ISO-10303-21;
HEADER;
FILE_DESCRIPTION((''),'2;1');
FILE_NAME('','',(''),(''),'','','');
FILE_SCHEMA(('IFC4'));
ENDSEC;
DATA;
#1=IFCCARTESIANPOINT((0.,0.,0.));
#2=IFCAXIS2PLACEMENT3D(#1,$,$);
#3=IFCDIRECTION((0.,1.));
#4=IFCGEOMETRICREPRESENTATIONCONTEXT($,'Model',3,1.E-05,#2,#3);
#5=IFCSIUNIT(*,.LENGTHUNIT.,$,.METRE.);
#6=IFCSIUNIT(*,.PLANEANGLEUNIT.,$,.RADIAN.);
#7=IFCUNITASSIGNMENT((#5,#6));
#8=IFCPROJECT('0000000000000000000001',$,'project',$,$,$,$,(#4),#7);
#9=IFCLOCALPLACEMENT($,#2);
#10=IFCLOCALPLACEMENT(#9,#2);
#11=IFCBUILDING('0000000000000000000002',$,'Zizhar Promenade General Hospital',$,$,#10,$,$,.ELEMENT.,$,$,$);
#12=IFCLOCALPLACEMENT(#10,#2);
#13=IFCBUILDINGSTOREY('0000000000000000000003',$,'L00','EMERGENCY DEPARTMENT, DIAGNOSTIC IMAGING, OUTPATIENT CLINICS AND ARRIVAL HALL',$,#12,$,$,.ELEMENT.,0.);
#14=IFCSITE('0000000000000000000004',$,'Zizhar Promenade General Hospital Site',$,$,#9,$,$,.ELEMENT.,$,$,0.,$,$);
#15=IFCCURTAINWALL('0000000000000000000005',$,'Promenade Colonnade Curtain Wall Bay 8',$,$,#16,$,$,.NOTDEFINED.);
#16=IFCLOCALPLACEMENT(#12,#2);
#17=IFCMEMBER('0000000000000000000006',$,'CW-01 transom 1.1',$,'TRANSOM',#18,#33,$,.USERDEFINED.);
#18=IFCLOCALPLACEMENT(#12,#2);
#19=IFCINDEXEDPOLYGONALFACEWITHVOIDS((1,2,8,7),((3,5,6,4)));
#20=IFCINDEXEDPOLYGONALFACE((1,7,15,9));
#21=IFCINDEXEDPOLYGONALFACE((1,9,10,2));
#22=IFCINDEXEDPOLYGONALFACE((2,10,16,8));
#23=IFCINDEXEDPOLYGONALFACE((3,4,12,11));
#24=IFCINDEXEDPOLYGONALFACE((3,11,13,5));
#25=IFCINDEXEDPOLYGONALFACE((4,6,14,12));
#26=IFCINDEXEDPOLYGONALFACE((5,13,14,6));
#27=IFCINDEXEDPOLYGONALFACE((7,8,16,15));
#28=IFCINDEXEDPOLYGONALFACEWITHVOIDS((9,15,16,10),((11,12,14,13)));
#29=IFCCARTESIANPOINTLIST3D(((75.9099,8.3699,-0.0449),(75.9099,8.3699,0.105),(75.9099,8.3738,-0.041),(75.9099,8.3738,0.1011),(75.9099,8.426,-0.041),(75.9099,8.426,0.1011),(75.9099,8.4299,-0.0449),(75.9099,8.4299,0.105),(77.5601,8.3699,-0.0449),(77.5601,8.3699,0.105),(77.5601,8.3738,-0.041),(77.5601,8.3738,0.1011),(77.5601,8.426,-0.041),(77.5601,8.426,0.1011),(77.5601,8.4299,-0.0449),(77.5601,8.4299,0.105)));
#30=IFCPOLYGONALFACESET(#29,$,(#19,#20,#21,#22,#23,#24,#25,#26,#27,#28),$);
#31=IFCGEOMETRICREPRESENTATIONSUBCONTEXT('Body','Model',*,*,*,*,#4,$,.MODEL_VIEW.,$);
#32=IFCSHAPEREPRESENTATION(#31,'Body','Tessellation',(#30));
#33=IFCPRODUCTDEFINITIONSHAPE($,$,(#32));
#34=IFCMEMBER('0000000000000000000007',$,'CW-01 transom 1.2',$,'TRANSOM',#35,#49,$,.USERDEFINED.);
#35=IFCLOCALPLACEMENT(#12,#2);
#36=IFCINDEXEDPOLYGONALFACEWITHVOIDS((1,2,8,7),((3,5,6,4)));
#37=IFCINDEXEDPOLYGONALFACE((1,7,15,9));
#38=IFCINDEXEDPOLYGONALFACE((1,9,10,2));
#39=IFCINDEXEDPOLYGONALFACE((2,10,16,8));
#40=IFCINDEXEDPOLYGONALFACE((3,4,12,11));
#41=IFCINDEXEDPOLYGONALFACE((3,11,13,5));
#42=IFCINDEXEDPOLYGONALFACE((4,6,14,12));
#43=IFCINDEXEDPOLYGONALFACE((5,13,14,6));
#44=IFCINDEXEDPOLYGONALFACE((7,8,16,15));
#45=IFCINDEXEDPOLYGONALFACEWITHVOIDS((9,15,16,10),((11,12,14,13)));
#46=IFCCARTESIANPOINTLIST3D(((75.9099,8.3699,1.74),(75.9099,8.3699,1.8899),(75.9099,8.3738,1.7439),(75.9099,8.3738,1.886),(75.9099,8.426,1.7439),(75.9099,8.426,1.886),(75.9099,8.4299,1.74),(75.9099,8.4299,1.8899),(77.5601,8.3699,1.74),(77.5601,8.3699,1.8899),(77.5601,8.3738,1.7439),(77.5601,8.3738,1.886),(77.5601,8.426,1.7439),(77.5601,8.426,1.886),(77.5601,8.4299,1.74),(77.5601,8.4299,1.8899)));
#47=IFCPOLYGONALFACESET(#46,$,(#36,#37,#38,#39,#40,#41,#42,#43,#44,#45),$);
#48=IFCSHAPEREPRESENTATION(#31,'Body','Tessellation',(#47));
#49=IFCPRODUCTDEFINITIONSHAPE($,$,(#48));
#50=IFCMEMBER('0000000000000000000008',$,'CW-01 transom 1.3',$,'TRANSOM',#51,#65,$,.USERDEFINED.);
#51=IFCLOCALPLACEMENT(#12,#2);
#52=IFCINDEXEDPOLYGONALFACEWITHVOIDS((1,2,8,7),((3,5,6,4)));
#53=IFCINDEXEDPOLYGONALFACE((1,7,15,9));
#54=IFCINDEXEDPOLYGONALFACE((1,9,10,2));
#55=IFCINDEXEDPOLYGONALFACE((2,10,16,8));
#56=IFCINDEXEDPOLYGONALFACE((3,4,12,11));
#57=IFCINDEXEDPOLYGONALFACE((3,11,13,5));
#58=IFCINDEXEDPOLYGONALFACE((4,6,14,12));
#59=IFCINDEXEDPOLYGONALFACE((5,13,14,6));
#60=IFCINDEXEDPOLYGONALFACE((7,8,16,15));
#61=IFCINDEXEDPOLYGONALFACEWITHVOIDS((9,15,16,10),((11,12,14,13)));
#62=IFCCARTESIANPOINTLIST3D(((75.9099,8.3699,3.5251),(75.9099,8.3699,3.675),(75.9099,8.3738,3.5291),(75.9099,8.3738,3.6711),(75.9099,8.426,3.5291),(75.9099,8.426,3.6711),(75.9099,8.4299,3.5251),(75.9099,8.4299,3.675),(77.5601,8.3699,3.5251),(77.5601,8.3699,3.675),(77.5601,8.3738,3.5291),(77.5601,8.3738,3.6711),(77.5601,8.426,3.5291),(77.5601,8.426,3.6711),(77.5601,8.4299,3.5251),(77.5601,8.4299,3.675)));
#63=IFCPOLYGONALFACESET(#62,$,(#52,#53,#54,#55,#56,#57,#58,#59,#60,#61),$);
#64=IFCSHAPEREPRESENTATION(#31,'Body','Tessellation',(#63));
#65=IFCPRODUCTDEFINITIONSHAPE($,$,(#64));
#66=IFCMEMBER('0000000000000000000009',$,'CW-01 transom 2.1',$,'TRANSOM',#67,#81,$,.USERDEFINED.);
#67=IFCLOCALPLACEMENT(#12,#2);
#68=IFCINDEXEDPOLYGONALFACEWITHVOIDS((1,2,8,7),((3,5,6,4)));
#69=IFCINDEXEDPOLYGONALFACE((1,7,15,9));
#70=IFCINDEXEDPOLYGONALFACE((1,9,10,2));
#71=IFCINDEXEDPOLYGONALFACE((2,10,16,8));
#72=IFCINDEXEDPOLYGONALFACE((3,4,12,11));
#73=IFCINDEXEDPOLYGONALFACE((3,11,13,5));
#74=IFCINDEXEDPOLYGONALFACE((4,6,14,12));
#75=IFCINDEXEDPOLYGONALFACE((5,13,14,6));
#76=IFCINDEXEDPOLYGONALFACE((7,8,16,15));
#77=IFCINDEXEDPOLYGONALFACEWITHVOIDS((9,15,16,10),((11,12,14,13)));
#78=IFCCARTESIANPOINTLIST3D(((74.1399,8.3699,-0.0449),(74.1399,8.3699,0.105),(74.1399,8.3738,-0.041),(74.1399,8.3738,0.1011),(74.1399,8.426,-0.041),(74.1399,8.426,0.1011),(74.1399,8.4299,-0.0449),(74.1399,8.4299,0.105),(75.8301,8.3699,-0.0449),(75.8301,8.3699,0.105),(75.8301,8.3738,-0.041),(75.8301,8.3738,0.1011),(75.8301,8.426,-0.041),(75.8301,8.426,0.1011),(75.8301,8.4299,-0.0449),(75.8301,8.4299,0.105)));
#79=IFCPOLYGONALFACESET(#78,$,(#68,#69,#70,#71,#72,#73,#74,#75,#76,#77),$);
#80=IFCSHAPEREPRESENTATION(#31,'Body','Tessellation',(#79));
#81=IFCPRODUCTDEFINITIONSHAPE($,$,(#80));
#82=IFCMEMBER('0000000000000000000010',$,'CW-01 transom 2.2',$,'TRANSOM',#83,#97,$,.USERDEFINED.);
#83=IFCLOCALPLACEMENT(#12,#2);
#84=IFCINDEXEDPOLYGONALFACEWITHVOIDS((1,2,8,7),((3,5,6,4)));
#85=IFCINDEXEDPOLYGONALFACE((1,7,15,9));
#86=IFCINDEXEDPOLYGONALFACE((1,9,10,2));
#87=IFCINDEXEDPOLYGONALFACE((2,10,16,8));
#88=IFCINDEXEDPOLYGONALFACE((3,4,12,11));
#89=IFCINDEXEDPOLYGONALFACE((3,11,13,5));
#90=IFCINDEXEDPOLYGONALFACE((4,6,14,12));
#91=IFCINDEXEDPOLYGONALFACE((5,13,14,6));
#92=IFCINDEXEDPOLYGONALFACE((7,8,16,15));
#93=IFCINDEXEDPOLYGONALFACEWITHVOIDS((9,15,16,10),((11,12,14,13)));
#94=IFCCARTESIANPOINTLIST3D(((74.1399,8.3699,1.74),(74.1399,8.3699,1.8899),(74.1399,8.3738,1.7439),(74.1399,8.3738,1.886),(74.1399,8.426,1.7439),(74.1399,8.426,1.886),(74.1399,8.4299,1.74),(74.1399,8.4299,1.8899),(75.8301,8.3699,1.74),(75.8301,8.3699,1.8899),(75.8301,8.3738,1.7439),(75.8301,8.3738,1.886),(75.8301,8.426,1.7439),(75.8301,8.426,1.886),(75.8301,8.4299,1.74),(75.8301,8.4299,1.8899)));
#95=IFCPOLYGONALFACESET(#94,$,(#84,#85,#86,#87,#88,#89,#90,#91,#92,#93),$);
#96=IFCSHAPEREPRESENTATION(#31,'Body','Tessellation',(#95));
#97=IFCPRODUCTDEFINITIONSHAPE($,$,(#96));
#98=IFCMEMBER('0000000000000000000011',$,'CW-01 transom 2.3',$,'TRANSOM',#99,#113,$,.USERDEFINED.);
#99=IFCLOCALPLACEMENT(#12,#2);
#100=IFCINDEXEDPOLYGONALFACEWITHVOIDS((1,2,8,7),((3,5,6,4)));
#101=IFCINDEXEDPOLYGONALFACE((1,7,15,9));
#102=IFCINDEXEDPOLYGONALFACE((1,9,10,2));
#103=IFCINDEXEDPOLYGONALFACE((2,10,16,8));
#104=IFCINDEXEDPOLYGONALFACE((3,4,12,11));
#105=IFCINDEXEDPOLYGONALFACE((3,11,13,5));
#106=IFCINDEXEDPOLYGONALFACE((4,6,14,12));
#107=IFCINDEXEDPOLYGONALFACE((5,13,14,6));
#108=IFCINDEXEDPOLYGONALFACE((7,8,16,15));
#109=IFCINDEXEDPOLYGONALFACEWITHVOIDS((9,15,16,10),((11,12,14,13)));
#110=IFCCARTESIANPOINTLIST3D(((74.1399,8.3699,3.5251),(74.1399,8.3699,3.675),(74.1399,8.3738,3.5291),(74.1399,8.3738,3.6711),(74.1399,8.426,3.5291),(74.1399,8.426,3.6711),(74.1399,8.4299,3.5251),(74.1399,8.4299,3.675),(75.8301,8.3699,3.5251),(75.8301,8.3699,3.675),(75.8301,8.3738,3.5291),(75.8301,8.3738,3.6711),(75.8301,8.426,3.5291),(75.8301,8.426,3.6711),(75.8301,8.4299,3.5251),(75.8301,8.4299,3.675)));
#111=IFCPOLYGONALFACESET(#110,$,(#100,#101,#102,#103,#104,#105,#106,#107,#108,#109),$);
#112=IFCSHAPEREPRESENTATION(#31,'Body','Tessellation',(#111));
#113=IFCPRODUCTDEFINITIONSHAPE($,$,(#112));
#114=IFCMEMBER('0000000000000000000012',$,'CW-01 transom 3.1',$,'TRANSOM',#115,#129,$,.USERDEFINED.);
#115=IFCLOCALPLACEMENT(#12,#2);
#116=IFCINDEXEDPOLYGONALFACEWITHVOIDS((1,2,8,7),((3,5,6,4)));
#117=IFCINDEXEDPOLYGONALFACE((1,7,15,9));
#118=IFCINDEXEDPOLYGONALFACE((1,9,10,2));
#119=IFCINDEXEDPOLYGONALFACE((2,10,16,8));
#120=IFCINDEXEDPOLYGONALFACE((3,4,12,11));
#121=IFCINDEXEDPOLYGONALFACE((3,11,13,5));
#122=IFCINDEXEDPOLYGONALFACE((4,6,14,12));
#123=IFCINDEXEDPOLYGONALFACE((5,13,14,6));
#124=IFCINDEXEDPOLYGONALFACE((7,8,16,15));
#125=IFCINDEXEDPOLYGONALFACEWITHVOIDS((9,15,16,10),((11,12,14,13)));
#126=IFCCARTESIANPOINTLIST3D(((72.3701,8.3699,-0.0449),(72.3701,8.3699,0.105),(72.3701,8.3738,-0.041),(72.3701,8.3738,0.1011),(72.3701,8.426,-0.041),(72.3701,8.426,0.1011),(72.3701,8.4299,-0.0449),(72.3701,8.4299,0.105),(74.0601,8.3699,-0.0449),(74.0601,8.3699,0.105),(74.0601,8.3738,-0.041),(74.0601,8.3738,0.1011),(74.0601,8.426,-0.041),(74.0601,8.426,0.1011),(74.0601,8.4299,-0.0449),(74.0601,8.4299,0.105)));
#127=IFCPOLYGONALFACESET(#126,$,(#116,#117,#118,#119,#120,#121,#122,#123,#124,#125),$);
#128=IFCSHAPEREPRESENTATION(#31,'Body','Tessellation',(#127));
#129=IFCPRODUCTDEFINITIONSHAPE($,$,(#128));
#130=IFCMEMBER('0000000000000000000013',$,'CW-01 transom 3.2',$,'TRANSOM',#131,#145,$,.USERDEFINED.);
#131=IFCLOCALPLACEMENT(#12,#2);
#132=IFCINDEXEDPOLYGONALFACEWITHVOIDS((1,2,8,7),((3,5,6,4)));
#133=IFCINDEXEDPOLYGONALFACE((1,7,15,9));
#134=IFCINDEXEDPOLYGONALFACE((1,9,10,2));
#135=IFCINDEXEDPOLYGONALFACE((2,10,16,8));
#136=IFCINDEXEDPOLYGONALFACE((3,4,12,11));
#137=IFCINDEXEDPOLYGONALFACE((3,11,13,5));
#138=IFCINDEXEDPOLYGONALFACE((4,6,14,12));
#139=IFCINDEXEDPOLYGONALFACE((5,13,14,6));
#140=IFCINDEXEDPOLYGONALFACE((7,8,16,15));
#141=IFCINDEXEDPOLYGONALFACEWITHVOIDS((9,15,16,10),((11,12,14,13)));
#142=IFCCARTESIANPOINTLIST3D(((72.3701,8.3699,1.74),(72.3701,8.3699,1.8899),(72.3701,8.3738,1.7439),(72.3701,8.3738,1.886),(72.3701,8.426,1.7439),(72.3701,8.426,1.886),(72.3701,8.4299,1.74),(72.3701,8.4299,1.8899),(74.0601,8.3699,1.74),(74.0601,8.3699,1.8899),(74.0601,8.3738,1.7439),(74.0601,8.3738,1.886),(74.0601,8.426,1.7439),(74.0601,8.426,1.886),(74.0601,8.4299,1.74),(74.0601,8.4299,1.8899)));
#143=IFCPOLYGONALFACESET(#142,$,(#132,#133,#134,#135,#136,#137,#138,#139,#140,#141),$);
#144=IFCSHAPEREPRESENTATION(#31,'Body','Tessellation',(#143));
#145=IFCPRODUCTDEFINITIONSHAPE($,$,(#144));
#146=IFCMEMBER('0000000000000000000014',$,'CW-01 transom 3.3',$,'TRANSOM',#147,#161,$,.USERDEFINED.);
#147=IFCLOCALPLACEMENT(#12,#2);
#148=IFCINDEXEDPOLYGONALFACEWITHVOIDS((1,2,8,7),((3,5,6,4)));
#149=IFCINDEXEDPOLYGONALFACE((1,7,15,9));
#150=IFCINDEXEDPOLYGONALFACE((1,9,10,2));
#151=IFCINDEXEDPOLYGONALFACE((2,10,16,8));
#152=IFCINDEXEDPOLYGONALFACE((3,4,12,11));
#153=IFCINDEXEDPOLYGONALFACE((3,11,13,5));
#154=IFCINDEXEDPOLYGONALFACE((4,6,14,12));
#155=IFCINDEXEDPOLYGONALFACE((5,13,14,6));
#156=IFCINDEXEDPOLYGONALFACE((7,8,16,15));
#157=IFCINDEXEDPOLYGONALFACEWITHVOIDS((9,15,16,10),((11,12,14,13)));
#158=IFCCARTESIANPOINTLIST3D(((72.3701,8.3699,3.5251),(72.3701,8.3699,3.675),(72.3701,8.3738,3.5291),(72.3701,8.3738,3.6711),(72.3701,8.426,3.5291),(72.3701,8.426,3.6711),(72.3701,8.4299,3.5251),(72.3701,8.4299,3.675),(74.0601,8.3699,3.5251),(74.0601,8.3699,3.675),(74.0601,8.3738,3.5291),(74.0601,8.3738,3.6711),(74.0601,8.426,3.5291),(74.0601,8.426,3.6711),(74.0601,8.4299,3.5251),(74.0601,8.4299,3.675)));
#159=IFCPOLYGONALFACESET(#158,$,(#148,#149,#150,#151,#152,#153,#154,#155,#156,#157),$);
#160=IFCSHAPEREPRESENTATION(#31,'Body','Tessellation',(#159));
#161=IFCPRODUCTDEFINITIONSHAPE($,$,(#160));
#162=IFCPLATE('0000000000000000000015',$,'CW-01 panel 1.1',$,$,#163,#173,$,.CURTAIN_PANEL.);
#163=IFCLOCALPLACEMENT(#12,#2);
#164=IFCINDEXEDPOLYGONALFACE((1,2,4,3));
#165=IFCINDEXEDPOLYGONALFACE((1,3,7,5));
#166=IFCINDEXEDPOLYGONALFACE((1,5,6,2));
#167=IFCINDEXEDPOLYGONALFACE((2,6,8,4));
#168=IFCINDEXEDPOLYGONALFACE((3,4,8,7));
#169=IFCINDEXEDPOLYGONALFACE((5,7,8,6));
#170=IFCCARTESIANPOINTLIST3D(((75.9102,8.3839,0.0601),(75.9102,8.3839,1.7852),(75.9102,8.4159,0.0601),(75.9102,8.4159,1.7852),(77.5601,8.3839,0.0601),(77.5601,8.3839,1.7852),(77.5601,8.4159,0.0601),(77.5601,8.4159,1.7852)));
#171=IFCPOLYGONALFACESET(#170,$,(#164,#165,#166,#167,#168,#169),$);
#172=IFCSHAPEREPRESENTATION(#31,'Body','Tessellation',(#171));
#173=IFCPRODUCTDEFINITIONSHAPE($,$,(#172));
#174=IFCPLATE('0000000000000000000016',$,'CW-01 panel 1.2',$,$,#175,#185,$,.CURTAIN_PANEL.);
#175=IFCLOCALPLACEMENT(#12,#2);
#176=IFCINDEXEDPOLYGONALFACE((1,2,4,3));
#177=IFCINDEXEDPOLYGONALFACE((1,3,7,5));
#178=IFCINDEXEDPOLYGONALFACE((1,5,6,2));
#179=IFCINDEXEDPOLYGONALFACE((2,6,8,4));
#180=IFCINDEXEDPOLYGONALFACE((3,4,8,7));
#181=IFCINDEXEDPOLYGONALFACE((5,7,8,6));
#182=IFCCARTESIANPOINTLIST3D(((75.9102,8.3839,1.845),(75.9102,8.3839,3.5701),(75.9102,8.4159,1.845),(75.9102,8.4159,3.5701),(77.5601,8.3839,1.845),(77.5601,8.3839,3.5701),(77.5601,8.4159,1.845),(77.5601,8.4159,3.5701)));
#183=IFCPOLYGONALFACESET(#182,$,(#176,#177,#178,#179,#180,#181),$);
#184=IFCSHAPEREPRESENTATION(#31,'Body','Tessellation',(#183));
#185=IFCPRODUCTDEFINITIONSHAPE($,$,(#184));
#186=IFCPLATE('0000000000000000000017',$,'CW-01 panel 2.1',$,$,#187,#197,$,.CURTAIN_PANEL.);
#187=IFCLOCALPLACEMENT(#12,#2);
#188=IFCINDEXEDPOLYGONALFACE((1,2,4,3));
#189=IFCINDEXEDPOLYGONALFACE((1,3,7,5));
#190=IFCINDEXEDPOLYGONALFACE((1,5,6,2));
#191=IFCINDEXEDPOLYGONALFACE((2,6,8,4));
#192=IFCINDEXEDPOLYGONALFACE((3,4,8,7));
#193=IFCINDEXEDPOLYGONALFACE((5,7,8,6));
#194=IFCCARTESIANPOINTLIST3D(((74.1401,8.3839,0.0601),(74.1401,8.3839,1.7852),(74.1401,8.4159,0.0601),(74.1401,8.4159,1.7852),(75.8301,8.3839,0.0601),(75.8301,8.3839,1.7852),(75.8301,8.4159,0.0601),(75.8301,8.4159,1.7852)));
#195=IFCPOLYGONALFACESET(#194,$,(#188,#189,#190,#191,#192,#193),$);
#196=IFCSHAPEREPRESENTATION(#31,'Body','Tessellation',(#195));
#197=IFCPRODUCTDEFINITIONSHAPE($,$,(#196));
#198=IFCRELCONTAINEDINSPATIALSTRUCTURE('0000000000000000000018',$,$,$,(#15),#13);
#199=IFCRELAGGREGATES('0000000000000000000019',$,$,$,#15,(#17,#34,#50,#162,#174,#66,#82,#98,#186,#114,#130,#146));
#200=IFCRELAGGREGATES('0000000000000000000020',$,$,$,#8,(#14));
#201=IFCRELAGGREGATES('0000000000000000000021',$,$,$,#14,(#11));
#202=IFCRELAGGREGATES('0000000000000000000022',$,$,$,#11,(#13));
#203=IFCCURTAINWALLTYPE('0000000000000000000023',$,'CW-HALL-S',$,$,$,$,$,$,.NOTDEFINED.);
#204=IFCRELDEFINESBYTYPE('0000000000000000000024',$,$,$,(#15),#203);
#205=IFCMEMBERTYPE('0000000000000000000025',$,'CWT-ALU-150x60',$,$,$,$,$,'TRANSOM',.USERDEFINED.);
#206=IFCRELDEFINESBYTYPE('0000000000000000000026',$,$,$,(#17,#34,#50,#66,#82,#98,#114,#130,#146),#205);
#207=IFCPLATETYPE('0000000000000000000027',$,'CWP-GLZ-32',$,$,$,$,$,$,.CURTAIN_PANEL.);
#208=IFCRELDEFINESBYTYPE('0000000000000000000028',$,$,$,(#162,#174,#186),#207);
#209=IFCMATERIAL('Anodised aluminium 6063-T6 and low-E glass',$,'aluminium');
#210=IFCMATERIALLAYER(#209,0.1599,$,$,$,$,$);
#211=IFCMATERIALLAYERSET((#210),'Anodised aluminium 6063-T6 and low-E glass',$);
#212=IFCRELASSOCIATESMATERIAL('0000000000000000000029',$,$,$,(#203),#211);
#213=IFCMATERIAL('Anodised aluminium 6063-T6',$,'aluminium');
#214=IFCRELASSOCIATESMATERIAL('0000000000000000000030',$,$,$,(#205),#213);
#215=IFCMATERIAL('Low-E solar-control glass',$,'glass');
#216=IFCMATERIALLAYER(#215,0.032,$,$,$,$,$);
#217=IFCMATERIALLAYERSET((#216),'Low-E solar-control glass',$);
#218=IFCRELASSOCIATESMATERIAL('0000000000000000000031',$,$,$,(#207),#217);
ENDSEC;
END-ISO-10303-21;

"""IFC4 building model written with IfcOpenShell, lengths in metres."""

from ifc_helpers import new_model, si_unit, direction, frame, origin, origin_2d, place, context, subcontext, project, spatial, rectangle, hollow_rectangle, extrude, material, layer, layer_set, material_profile, profile_set, type_object, element, aggregate, save


model = new_model("IFC4")

# Units and contexts
model_context = context("Model", 3, precision=1e-05, world=origin(), true_north=direction((0.0, 1.0)))
body_context = subcontext(model_context, "Body", "Model", "MODEL_VIEW")
ifc_project = project(units=[si_unit("LENGTHUNIT", "METRE"), si_unit("PLANEANGLEUNIT", "RADIAN")], contexts=[model_context])

# Site, building, storey
site_placement = place(None, origin())
site = spatial("IfcSite", under=ifc_project, at=site_placement, Name="Zizhar Promenade General Hospital Site", CompositionType="ELEMENT", RefElevation=0.0)
building_placement = place(site_placement, origin())
building = spatial("IfcBuilding", under=site, at=building_placement, Name="Zizhar Promenade General Hospital", CompositionType="ELEMENT")
storey_placement = place(building_placement, origin())
storey = spatial("IfcBuildingStorey", under=building, at=storey_placement, Name="L00", Description="EMERGENCY DEPARTMENT, DIAGNOSTIC IMAGING, OUTPATIENT CLINICS AND ARRIVAL HALL", CompositionType="ELEMENT", Elevation=0.0)

# Curtain wall, members, plates
ifc_material_1 = material(Name="Anodised aluminium 6063-T6 and low-E glass", Category="aluminium")
ifc_layer_1 = layer(ifc_material_1, 0.1599)
ifc_layer_set_1 = layer_set([ifc_layer_1], Name="Anodised aluminium 6063-T6 and low-E glass")
curtain_wall_type = type_object("IfcCurtainWallType", Name="CW-HALL-S", PredefinedType="NOTDEFINED", material=ifc_layer_set_1)
curtain_wall_placement = place(storey_placement, origin())
curtain_wall = element("IfcCurtainWall", 1, at=curtain_wall_placement, inside=storey, type_object=curtain_wall_type, Name="Promenade Colonnade Curtain Wall Bay 8", PredefinedType="NOTDEFINED")
ifc_material_2 = material(Name="Anodised aluminium 6063-T6", Category="aluminium")
ifc_material_profile_1 = material_profile(ifc_material_2, hollow_rectangle(XDim=0.0601, YDim=0.1499, WallThickness=0.0039, at=origin_2d()))
ifc_profile_set_1 = profile_set([ifc_material_profile_1], Name="Anodised aluminium 6063-T6")
member_type_1 = type_object("IfcMemberType", Name="CWT-ALU-150x60", ElementType="TRANSOM", PredefinedType="USERDEFINED", material=ifc_profile_set_1)
member_1_placement = place(storey_placement, frame((77.5601, 8.3999, 0.03), z_axis=(-1.0, 0.0, 0.0), x_axis=(0.0, -1.0, 0.0)))
member_1 = element("IfcMember", 2, at=member_1_placement, type_object=member_type_1, Name="CW-01 transom 1.1", ObjectType="TRANSOM", PredefinedType="USERDEFINED", context=body_context, shape_type="SweptSolid", body=[
    extrude(hollow_rectangle(XDim=0.0601, YDim=0.1499, WallThickness=0.0039, at=origin_2d()), origin(), (0.0, 0.0, 1.0), 1.6501),
])
member_2_placement = place(storey_placement, frame((77.5601, 8.3999, 1.8149), z_axis=(-1.0, 0.0, 0.0), x_axis=(0.0, -1.0, 0.0)))
member_2 = element("IfcMember", 3, at=member_2_placement, type_object=member_type_1, Name="CW-01 transom 1.2", ObjectType="TRANSOM", PredefinedType="USERDEFINED", context=body_context, shape_type="SweptSolid", body=[
    extrude(hollow_rectangle(XDim=0.0601, YDim=0.1499, WallThickness=0.0039, at=origin_2d()), origin(), (0.0, 0.0, 1.0), 1.6501),
])
member_3_placement = place(storey_placement, frame((77.5601, 8.3999, 3.6001), z_axis=(-1.0, 0.0, 0.0), x_axis=(0.0, -1.0, 0.0)))
member_3 = element("IfcMember", 4, at=member_3_placement, type_object=member_type_1, Name="CW-01 transom 1.3", ObjectType="TRANSOM", PredefinedType="USERDEFINED", context=body_context, shape_type="SweptSolid", body=[
    extrude(hollow_rectangle(XDim=0.0601, YDim=0.1499, WallThickness=0.0039, at=origin_2d()), origin(), (0.0, 0.0, 1.0), 1.6501),
])
member_4_placement = place(storey_placement, frame((75.8301, 8.3999, 0.03), z_axis=(-1.0, 0.0, 0.0), x_axis=(0.0, -1.0, 0.0)))
member_4 = element("IfcMember", 5, at=member_4_placement, type_object=member_type_1, Name="CW-01 transom 2.1", ObjectType="TRANSOM", PredefinedType="USERDEFINED", context=body_context, shape_type="SweptSolid", body=[
    extrude(hollow_rectangle(XDim=0.0601, YDim=0.1499, WallThickness=0.0039, at=origin_2d()), origin(), (0.0, 0.0, 1.0), 1.6902),
])
member_5_placement = place(storey_placement, frame((75.8301, 8.3999, 1.8149), z_axis=(-1.0, 0.0, 0.0), x_axis=(0.0, -1.0, 0.0)))
member_5 = element("IfcMember", 6, at=member_5_placement, type_object=member_type_1, Name="CW-01 transom 2.2", ObjectType="TRANSOM", PredefinedType="USERDEFINED", context=body_context, shape_type="SweptSolid", body=[
    extrude(hollow_rectangle(XDim=0.0601, YDim=0.1499, WallThickness=0.0039, at=origin_2d()), origin(), (0.0, 0.0, 1.0), 1.6902),
])
member_6_placement = place(storey_placement, frame((75.8301, 8.3999, 3.6001), z_axis=(-1.0, 0.0, 0.0), x_axis=(0.0, -1.0, 0.0)))
member_6 = element("IfcMember", 7, at=member_6_placement, type_object=member_type_1, Name="CW-01 transom 2.3", ObjectType="TRANSOM", PredefinedType="USERDEFINED", context=body_context, shape_type="SweptSolid", body=[
    extrude(hollow_rectangle(XDim=0.0601, YDim=0.1499, WallThickness=0.0039, at=origin_2d()), origin(), (0.0, 0.0, 1.0), 1.6902),
])
member_7_placement = place(storey_placement, frame((74.0601, 8.3999, 0.03), z_axis=(-1.0, 0.0, 0.0), x_axis=(0.0, -1.0, 0.0)))
member_7 = element("IfcMember", 8, at=member_7_placement, type_object=member_type_1, Name="CW-01 transom 3.1", ObjectType="TRANSOM", PredefinedType="USERDEFINED", context=body_context, shape_type="SweptSolid", body=[
    extrude(hollow_rectangle(XDim=0.0601, YDim=0.1499, WallThickness=0.0039, at=origin_2d()), origin(), (0.0, 0.0, 1.0), 1.6899),
])
member_8_placement = place(storey_placement, frame((74.0601, 8.3999, 1.8149), z_axis=(-1.0, 0.0, 0.0), x_axis=(0.0, -1.0, 0.0)))
member_8 = element("IfcMember", 9, at=member_8_placement, type_object=member_type_1, Name="CW-01 transom 3.2", ObjectType="TRANSOM", PredefinedType="USERDEFINED", context=body_context, shape_type="SweptSolid", body=[
    extrude(hollow_rectangle(XDim=0.0601, YDim=0.1499, WallThickness=0.0039, at=origin_2d()), origin(), (0.0, 0.0, 1.0), 1.6899),
])
member_9_placement = place(storey_placement, frame((74.0601, 8.3999, 3.6001), z_axis=(-1.0, 0.0, 0.0), x_axis=(0.0, -1.0, 0.0)))
member_9 = element("IfcMember", 10, at=member_9_placement, type_object=member_type_1, Name="CW-01 transom 3.3", ObjectType="TRANSOM", PredefinedType="USERDEFINED", context=body_context, shape_type="SweptSolid", body=[
    extrude(hollow_rectangle(XDim=0.0601, YDim=0.1499, WallThickness=0.0039, at=origin_2d()), origin(), (0.0, 0.0, 1.0), 1.6899),
])
ifc_material_3 = material(Name="Low-E solar-control glass", Category="glass")
ifc_layer_2 = layer(ifc_material_3, 0.032)
ifc_layer_set_2 = layer_set([ifc_layer_2], Name="Low-E solar-control glass")
plate_type = type_object("IfcPlateType", Name="CWP-GLZ-32", PredefinedType="CURTAIN_PANEL", material=ifc_layer_set_2)
plate_1_placement = place(storey_placement, frame((76.7351, 8.3999, 0.0601), z_axis=(0.0, 0.0, 1.0), x_axis=(-1.0, 0.0, 0.0)))
plate_1 = element("IfcPlate", 11, at=plate_1_placement, type_object=plate_type, Name="CW-01 panel 1.1", PredefinedType="CURTAIN_PANEL", context=body_context, shape_type="SweptSolid", body=[
    extrude(rectangle(XDim=1.6499, YDim=0.032, at=origin_2d()), origin(), (0.0, 0.0, 1.0), 1.7251),
])
plate_2_placement = place(storey_placement, frame((76.7351, 8.3999, 1.845), z_axis=(0.0, 0.0, 1.0), x_axis=(-1.0, 0.0, 0.0)))
plate_2 = element("IfcPlate", 12, at=plate_2_placement, type_object=plate_type, Name="CW-01 panel 1.2", PredefinedType="CURTAIN_PANEL", context=body_context, shape_type="SweptSolid", body=[
    extrude(rectangle(XDim=1.6499, YDim=0.032, at=origin_2d()), origin(), (0.0, 0.0, 1.0), 1.7251),
])
plate_3_placement = place(storey_placement, frame((74.9851, 8.3999, 0.0601), z_axis=(0.0, 0.0, 1.0), x_axis=(-1.0, 0.0, 0.0)))
plate_3 = element("IfcPlate", 13, at=plate_3_placement, type_object=plate_type, Name="CW-01 panel 2.1", PredefinedType="CURTAIN_PANEL", context=body_context, shape_type="SweptSolid", body=[
    extrude(rectangle(XDim=1.6899, YDim=0.032, at=origin_2d()), origin(), (0.0, 0.0, 1.0), 1.7251),
])
aggregate(curtain_wall, [member_1, member_2, member_3, plate_1, plate_2, member_4, member_5, member_6, plate_3, member_7, member_8, member_9])

save(model, "model.ifc")
